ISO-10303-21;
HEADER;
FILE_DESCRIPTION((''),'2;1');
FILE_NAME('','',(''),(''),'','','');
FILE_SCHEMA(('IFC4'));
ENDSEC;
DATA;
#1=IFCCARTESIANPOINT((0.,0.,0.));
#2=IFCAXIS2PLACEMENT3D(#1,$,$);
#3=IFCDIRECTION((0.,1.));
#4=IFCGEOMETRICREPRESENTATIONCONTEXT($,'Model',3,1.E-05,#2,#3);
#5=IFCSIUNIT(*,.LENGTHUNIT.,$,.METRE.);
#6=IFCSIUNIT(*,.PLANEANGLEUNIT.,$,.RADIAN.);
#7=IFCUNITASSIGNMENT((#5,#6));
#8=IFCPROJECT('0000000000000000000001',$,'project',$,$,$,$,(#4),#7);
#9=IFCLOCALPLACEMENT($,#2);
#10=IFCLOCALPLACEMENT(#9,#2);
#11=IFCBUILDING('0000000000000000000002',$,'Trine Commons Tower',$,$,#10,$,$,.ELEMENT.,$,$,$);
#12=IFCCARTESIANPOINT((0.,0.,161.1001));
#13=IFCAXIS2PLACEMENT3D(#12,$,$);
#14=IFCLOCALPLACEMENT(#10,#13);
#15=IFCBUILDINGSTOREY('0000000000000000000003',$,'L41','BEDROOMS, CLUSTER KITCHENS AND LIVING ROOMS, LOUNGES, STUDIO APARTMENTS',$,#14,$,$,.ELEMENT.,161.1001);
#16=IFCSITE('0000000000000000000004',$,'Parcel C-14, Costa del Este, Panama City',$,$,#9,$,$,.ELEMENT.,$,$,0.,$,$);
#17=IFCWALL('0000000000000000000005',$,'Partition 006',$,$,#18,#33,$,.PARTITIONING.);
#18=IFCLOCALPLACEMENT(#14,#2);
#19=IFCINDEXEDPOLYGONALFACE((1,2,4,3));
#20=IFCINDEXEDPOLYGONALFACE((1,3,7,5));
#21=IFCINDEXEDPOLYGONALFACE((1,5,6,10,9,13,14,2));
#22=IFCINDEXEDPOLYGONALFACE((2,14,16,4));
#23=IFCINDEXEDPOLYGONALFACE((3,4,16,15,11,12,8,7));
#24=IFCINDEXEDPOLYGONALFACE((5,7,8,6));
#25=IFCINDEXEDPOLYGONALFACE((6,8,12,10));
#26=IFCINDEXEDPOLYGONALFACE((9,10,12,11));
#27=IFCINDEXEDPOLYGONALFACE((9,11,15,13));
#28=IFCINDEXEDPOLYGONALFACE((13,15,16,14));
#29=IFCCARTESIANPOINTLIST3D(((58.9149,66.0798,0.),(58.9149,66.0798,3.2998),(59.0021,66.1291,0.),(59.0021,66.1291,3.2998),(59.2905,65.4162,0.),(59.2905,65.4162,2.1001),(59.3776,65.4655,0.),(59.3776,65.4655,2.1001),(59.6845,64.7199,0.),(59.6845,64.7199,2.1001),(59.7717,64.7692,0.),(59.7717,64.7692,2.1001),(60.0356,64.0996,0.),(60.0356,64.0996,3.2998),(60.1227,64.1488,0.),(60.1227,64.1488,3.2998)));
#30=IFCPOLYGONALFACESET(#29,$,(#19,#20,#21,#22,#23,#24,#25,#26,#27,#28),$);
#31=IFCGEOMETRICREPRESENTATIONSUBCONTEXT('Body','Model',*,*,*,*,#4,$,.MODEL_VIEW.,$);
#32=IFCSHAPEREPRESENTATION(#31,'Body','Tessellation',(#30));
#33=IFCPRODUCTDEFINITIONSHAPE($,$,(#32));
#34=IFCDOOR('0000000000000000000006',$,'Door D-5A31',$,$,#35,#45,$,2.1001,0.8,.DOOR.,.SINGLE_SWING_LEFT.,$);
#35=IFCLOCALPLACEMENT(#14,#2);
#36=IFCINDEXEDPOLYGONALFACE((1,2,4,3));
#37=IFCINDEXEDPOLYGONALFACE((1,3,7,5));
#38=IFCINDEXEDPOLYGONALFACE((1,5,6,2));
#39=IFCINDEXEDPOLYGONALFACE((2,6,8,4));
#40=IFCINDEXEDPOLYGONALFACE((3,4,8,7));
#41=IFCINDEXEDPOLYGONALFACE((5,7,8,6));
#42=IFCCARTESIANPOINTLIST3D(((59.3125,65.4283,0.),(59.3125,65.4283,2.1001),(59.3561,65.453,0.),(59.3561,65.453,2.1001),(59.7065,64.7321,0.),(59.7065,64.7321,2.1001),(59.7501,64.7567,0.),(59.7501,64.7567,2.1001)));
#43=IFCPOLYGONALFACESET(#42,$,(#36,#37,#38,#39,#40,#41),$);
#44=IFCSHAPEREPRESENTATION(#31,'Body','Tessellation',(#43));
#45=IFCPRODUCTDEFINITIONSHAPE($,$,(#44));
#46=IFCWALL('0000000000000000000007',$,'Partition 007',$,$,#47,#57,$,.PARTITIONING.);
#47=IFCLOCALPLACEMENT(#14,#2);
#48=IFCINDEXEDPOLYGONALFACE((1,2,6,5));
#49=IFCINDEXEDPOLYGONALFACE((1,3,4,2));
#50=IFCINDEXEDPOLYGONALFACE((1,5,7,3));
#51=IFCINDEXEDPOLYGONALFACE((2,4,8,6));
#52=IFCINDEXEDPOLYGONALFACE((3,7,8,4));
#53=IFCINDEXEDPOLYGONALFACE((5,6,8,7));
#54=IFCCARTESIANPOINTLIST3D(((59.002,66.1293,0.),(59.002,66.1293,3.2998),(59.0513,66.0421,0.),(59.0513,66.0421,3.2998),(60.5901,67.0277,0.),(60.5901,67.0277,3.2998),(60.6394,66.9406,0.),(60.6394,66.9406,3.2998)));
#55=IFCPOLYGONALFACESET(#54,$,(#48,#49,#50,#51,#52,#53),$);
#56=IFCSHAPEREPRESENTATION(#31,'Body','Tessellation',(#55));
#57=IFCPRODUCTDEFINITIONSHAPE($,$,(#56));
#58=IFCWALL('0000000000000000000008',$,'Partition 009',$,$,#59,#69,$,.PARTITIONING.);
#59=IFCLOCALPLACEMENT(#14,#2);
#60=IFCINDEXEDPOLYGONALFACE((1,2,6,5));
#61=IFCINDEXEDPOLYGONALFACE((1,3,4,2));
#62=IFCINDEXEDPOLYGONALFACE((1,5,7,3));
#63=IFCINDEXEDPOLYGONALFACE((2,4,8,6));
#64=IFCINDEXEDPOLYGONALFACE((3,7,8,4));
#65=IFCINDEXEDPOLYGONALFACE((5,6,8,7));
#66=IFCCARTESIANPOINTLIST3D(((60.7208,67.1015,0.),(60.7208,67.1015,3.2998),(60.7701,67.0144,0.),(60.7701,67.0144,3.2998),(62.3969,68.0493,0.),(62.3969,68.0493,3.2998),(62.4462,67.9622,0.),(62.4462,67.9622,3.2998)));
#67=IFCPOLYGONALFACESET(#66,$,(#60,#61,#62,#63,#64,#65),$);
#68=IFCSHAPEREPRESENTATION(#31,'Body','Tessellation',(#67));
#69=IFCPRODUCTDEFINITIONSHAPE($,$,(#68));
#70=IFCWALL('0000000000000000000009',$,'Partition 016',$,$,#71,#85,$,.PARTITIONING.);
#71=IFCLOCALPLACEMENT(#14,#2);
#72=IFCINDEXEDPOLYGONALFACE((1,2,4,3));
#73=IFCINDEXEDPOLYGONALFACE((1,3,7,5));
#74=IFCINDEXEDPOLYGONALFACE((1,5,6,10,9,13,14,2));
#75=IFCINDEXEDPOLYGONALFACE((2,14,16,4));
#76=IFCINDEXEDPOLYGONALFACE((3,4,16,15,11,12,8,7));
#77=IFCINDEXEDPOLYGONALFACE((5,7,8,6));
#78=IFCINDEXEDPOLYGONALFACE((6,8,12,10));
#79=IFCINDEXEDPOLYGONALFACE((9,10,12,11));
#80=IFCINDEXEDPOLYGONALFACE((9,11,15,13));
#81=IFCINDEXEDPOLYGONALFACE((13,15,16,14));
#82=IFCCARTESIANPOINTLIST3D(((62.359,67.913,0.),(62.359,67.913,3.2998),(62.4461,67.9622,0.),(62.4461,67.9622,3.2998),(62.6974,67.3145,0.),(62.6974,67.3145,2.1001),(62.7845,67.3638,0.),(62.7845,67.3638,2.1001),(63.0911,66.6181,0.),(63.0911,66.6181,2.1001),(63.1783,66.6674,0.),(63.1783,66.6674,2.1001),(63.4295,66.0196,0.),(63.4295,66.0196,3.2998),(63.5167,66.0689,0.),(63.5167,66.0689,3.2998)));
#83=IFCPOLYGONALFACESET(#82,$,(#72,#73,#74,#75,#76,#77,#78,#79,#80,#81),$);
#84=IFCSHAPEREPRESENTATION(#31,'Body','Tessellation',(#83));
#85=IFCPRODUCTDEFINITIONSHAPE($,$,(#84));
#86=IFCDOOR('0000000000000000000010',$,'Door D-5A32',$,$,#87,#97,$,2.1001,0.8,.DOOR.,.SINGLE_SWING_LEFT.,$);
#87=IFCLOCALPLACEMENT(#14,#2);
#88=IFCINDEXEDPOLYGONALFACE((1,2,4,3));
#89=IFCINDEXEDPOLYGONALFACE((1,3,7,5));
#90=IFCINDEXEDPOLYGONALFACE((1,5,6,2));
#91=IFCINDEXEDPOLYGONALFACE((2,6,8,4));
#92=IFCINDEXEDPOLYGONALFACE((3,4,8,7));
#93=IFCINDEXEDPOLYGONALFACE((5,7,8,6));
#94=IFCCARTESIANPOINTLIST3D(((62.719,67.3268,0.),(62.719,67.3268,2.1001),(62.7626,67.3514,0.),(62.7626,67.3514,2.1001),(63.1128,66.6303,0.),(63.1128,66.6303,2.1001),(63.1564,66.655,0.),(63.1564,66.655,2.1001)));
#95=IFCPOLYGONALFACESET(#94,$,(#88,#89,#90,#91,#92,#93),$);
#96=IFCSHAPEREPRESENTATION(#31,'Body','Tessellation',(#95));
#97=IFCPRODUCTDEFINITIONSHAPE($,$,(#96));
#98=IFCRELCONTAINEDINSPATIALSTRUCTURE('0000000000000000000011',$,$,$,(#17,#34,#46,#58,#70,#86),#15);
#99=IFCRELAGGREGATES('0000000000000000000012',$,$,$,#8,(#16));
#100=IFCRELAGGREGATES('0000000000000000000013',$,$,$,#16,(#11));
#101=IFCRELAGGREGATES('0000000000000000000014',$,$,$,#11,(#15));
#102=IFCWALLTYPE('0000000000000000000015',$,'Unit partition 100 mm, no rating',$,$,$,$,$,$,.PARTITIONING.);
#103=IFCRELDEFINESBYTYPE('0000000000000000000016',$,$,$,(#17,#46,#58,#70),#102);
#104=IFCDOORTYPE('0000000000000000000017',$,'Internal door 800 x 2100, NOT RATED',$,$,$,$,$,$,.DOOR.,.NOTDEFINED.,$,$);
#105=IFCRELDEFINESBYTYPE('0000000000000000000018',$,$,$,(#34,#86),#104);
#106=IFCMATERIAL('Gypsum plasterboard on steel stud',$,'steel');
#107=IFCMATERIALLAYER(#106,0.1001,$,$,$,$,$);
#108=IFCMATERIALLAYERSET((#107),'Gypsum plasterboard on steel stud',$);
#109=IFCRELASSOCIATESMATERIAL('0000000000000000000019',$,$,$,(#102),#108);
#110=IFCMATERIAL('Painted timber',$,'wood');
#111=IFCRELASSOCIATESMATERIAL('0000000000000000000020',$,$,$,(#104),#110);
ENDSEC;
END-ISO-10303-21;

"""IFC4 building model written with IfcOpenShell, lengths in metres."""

from ifc_helpers import new_model, si_unit, direction, frame, frame_2d, origin, place, context, subcontext, project, spatial, rectangle, extrude, material, layer, layer_set, type_object, element, fill, save


model = new_model("IFC4")

# Units and contexts
model_context = context("Model", 3, precision=1e-05, world=origin(), true_north=direction((0.0, 1.0)))
body_context = subcontext(model_context, "Body", "Model", "MODEL_VIEW")
ifc_project = project(units=[si_unit("LENGTHUNIT", "METRE"), si_unit("PLANEANGLEUNIT", "RADIAN")], contexts=[model_context])

# Site, building, storey
site_placement = place(None, origin())
site = spatial("IfcSite", under=ifc_project, at=site_placement, Name="Parcel C-14, Costa del Este, Panama City", CompositionType="ELEMENT", RefElevation=0.0)
building_placement = place(site_placement, origin())
building = spatial("IfcBuilding", under=site, at=building_placement, Name="Trine Commons Tower", CompositionType="ELEMENT")
storey_placement = place(building_placement, frame((0.0, 0.0, 161.1001)))
storey = spatial("IfcBuildingStorey", under=building, at=storey_placement, Name="L41", Description="BEDROOMS, CLUSTER KITCHENS AND LIVING ROOMS, LOUNGES, STUDIO APARTMENTS", CompositionType="ELEMENT", Elevation=161.1001)

# Shared definitions
ifc_material_1 = material(Name="Gypsum plasterboard on steel stud", Category="steel")

# Wall, opening, door
ifc_layer_1 = layer(ifc_material_1, 0.1001)
ifc_layer_set_1 = layer_set([ifc_layer_1], Name="Gypsum plasterboard on steel stud")
wall_type_1 = type_object("IfcWallType", Name="Unit partition 100 mm, no rating", PredefinedType="PARTITIONING", material=ifc_layer_set_1)
wall_1_placement = place(storey_placement, frame((58.9585, 66.1045, 0.0), z_axis=(0.0, 0.0, 1.0), x_axis=(0.492506, -0.870309, 0.0)))
wall_1 = element("IfcWall", 1, at=wall_1_placement, inside=storey, type_object=wall_type_1, Name="Partition 006", PredefinedType="PARTITIONING", context=body_context, shape_type="SweptSolid", body=[
    extrude(rectangle(XDim=2.2754, YDim=0.1001, at=frame_2d((1.1377, 0.0))), origin(), (0.0, 0.0, 1.0), 3.2998),
])
opening_1_placement = place(wall_1_placement, frame((0.7627, 0.0, 0.0)))
opening_1 = element("IfcOpeningElement", 2, at=opening_1_placement, cuts=wall_1, PredefinedType="OPENING", context=body_context, shape_type="SweptSolid", body=[
    extrude(rectangle(XDim=0.8, YDim=2.1001, at=frame_2d((0.3999, 1.05))), frame((0.0, 0.0601, 0.0), z_axis=(0.0, -1.0, 0.0), x_axis=(1.0, 0.0, 0.0)), (0.0, 0.0, 1.0), 0.1201),
])
ifc_material_2 = material(Name="Painted timber", Category="wood")
door_type = type_object("IfcDoorType", Name="Internal door 800 x 2100, NOT RATED", OperationType="NOTDEFINED", PredefinedType="DOOR", material=ifc_material_2)
door_1_placement = place(opening_1_placement, frame((0.8, 0.0, 0.0), z_axis=(0.0, 0.0, 1.0), x_axis=(-1.0, 0.0, 0.0)))
door_1 = element("IfcDoor", 3, at=door_1_placement, inside=storey, type_object=door_type, Name="Door D-5A31", OperationType="SINGLE_SWING_LEFT", OverallHeight=2.1001, OverallWidth=0.8, PredefinedType="DOOR", context=body_context, shape_type="SweptSolid", body=[
    extrude(rectangle(XDim=0.8, YDim=2.1001, at=frame_2d((0.3999, 1.05))), frame((0.0, 0.0249, 0.0), z_axis=(0.0, -1.0, 0.0), x_axis=(1.0, 0.0, 0.0)), (0.0, 0.0, 1.0), 0.05),
])
fill(opening_1, door_1)

# Walls
wall_2_placement = place(storey_placement, frame((59.0266, 66.0857, 0.0), z_axis=(0.0, 0.0, 1.0), x_axis=(0.870376, 0.492388, 0.0)))
element("IfcWall", 4, at=wall_2_placement, inside=storey, type_object=wall_type_1, Name="Partition 007", PredefinedType="PARTITIONING", context=body_context, shape_type="SweptSolid", body=[
    extrude(rectangle(XDim=1.8247, YDim=0.1001, at=frame_2d((0.9124, 0.0))), origin(), (0.0, 0.0, 1.0), 3.2998),
])
wall_3_placement = place(storey_placement, frame((60.7454, 67.0579, 0.0), z_axis=(0.0, 0.0, 1.0), x_axis=(0.870466, 0.492229, 0.0)))
element("IfcWall", 5, at=wall_3_placement, inside=storey, type_object=wall_type_1, Name="Partition 009", PredefinedType="PARTITIONING", context=body_context, shape_type="SweptSolid", body=[
    extrude(rectangle(XDim=1.9255, YDim=0.1001, at=frame_2d((0.9629, 0.0))), origin(), (0.0, 0.0, 1.0), 3.2998),
])

# Wall, opening, door
wall_4_placement = place(storey_placement, frame((62.4026, 67.9375, 0.0), z_axis=(0.0, 0.0, 1.0), x_axis=(0.492205, -0.870479, 0.0)))
wall_4 = element("IfcWall", 6, at=wall_4_placement, inside=storey, type_object=wall_type_1, Name="Partition 016", PredefinedType="PARTITIONING", context=body_context, shape_type="SweptSolid", body=[
    extrude(rectangle(XDim=2.175, YDim=0.1001, at=frame_2d((1.0874, 0.0))), origin(), (0.0, 0.0, 1.0), 3.2998),
])
opening_2_placement = place(wall_4_placement, frame((0.6875, 0.0, 0.0)))
opening_2 = element("IfcOpeningElement", 7, at=opening_2_placement, cuts=wall_4, PredefinedType="OPENING", context=body_context, shape_type="SweptSolid", body=[
    extrude(rectangle(XDim=0.8, YDim=2.1001, at=frame_2d((0.3999, 1.05))), frame((0.0, 0.0601, 0.0), z_axis=(0.0, -1.0, 0.0), x_axis=(1.0, 0.0, 0.0)), (0.0, 0.0, 1.0), 0.1201),
])
door_2_placement = place(opening_2_placement, origin())
door_2 = element("IfcDoor", 8, at=door_2_placement, inside=storey, type_object=door_type, Name="Door D-5A32", OperationType="SINGLE_SWING_LEFT", OverallHeight=2.1001, OverallWidth=0.8, PredefinedType="DOOR", context=body_context, shape_type="SweptSolid", body=[
    extrude(rectangle(XDim=0.8, YDim=2.1001, at=frame_2d((0.3999, 1.05))), frame((0.0, 0.0249, 0.0), z_axis=(0.0, -1.0, 0.0), x_axis=(1.0, 0.0, 0.0)), (0.0, 0.0, 1.0), 0.05),
])
fill(opening_2, door_2)

save(model, "model.ifc")
